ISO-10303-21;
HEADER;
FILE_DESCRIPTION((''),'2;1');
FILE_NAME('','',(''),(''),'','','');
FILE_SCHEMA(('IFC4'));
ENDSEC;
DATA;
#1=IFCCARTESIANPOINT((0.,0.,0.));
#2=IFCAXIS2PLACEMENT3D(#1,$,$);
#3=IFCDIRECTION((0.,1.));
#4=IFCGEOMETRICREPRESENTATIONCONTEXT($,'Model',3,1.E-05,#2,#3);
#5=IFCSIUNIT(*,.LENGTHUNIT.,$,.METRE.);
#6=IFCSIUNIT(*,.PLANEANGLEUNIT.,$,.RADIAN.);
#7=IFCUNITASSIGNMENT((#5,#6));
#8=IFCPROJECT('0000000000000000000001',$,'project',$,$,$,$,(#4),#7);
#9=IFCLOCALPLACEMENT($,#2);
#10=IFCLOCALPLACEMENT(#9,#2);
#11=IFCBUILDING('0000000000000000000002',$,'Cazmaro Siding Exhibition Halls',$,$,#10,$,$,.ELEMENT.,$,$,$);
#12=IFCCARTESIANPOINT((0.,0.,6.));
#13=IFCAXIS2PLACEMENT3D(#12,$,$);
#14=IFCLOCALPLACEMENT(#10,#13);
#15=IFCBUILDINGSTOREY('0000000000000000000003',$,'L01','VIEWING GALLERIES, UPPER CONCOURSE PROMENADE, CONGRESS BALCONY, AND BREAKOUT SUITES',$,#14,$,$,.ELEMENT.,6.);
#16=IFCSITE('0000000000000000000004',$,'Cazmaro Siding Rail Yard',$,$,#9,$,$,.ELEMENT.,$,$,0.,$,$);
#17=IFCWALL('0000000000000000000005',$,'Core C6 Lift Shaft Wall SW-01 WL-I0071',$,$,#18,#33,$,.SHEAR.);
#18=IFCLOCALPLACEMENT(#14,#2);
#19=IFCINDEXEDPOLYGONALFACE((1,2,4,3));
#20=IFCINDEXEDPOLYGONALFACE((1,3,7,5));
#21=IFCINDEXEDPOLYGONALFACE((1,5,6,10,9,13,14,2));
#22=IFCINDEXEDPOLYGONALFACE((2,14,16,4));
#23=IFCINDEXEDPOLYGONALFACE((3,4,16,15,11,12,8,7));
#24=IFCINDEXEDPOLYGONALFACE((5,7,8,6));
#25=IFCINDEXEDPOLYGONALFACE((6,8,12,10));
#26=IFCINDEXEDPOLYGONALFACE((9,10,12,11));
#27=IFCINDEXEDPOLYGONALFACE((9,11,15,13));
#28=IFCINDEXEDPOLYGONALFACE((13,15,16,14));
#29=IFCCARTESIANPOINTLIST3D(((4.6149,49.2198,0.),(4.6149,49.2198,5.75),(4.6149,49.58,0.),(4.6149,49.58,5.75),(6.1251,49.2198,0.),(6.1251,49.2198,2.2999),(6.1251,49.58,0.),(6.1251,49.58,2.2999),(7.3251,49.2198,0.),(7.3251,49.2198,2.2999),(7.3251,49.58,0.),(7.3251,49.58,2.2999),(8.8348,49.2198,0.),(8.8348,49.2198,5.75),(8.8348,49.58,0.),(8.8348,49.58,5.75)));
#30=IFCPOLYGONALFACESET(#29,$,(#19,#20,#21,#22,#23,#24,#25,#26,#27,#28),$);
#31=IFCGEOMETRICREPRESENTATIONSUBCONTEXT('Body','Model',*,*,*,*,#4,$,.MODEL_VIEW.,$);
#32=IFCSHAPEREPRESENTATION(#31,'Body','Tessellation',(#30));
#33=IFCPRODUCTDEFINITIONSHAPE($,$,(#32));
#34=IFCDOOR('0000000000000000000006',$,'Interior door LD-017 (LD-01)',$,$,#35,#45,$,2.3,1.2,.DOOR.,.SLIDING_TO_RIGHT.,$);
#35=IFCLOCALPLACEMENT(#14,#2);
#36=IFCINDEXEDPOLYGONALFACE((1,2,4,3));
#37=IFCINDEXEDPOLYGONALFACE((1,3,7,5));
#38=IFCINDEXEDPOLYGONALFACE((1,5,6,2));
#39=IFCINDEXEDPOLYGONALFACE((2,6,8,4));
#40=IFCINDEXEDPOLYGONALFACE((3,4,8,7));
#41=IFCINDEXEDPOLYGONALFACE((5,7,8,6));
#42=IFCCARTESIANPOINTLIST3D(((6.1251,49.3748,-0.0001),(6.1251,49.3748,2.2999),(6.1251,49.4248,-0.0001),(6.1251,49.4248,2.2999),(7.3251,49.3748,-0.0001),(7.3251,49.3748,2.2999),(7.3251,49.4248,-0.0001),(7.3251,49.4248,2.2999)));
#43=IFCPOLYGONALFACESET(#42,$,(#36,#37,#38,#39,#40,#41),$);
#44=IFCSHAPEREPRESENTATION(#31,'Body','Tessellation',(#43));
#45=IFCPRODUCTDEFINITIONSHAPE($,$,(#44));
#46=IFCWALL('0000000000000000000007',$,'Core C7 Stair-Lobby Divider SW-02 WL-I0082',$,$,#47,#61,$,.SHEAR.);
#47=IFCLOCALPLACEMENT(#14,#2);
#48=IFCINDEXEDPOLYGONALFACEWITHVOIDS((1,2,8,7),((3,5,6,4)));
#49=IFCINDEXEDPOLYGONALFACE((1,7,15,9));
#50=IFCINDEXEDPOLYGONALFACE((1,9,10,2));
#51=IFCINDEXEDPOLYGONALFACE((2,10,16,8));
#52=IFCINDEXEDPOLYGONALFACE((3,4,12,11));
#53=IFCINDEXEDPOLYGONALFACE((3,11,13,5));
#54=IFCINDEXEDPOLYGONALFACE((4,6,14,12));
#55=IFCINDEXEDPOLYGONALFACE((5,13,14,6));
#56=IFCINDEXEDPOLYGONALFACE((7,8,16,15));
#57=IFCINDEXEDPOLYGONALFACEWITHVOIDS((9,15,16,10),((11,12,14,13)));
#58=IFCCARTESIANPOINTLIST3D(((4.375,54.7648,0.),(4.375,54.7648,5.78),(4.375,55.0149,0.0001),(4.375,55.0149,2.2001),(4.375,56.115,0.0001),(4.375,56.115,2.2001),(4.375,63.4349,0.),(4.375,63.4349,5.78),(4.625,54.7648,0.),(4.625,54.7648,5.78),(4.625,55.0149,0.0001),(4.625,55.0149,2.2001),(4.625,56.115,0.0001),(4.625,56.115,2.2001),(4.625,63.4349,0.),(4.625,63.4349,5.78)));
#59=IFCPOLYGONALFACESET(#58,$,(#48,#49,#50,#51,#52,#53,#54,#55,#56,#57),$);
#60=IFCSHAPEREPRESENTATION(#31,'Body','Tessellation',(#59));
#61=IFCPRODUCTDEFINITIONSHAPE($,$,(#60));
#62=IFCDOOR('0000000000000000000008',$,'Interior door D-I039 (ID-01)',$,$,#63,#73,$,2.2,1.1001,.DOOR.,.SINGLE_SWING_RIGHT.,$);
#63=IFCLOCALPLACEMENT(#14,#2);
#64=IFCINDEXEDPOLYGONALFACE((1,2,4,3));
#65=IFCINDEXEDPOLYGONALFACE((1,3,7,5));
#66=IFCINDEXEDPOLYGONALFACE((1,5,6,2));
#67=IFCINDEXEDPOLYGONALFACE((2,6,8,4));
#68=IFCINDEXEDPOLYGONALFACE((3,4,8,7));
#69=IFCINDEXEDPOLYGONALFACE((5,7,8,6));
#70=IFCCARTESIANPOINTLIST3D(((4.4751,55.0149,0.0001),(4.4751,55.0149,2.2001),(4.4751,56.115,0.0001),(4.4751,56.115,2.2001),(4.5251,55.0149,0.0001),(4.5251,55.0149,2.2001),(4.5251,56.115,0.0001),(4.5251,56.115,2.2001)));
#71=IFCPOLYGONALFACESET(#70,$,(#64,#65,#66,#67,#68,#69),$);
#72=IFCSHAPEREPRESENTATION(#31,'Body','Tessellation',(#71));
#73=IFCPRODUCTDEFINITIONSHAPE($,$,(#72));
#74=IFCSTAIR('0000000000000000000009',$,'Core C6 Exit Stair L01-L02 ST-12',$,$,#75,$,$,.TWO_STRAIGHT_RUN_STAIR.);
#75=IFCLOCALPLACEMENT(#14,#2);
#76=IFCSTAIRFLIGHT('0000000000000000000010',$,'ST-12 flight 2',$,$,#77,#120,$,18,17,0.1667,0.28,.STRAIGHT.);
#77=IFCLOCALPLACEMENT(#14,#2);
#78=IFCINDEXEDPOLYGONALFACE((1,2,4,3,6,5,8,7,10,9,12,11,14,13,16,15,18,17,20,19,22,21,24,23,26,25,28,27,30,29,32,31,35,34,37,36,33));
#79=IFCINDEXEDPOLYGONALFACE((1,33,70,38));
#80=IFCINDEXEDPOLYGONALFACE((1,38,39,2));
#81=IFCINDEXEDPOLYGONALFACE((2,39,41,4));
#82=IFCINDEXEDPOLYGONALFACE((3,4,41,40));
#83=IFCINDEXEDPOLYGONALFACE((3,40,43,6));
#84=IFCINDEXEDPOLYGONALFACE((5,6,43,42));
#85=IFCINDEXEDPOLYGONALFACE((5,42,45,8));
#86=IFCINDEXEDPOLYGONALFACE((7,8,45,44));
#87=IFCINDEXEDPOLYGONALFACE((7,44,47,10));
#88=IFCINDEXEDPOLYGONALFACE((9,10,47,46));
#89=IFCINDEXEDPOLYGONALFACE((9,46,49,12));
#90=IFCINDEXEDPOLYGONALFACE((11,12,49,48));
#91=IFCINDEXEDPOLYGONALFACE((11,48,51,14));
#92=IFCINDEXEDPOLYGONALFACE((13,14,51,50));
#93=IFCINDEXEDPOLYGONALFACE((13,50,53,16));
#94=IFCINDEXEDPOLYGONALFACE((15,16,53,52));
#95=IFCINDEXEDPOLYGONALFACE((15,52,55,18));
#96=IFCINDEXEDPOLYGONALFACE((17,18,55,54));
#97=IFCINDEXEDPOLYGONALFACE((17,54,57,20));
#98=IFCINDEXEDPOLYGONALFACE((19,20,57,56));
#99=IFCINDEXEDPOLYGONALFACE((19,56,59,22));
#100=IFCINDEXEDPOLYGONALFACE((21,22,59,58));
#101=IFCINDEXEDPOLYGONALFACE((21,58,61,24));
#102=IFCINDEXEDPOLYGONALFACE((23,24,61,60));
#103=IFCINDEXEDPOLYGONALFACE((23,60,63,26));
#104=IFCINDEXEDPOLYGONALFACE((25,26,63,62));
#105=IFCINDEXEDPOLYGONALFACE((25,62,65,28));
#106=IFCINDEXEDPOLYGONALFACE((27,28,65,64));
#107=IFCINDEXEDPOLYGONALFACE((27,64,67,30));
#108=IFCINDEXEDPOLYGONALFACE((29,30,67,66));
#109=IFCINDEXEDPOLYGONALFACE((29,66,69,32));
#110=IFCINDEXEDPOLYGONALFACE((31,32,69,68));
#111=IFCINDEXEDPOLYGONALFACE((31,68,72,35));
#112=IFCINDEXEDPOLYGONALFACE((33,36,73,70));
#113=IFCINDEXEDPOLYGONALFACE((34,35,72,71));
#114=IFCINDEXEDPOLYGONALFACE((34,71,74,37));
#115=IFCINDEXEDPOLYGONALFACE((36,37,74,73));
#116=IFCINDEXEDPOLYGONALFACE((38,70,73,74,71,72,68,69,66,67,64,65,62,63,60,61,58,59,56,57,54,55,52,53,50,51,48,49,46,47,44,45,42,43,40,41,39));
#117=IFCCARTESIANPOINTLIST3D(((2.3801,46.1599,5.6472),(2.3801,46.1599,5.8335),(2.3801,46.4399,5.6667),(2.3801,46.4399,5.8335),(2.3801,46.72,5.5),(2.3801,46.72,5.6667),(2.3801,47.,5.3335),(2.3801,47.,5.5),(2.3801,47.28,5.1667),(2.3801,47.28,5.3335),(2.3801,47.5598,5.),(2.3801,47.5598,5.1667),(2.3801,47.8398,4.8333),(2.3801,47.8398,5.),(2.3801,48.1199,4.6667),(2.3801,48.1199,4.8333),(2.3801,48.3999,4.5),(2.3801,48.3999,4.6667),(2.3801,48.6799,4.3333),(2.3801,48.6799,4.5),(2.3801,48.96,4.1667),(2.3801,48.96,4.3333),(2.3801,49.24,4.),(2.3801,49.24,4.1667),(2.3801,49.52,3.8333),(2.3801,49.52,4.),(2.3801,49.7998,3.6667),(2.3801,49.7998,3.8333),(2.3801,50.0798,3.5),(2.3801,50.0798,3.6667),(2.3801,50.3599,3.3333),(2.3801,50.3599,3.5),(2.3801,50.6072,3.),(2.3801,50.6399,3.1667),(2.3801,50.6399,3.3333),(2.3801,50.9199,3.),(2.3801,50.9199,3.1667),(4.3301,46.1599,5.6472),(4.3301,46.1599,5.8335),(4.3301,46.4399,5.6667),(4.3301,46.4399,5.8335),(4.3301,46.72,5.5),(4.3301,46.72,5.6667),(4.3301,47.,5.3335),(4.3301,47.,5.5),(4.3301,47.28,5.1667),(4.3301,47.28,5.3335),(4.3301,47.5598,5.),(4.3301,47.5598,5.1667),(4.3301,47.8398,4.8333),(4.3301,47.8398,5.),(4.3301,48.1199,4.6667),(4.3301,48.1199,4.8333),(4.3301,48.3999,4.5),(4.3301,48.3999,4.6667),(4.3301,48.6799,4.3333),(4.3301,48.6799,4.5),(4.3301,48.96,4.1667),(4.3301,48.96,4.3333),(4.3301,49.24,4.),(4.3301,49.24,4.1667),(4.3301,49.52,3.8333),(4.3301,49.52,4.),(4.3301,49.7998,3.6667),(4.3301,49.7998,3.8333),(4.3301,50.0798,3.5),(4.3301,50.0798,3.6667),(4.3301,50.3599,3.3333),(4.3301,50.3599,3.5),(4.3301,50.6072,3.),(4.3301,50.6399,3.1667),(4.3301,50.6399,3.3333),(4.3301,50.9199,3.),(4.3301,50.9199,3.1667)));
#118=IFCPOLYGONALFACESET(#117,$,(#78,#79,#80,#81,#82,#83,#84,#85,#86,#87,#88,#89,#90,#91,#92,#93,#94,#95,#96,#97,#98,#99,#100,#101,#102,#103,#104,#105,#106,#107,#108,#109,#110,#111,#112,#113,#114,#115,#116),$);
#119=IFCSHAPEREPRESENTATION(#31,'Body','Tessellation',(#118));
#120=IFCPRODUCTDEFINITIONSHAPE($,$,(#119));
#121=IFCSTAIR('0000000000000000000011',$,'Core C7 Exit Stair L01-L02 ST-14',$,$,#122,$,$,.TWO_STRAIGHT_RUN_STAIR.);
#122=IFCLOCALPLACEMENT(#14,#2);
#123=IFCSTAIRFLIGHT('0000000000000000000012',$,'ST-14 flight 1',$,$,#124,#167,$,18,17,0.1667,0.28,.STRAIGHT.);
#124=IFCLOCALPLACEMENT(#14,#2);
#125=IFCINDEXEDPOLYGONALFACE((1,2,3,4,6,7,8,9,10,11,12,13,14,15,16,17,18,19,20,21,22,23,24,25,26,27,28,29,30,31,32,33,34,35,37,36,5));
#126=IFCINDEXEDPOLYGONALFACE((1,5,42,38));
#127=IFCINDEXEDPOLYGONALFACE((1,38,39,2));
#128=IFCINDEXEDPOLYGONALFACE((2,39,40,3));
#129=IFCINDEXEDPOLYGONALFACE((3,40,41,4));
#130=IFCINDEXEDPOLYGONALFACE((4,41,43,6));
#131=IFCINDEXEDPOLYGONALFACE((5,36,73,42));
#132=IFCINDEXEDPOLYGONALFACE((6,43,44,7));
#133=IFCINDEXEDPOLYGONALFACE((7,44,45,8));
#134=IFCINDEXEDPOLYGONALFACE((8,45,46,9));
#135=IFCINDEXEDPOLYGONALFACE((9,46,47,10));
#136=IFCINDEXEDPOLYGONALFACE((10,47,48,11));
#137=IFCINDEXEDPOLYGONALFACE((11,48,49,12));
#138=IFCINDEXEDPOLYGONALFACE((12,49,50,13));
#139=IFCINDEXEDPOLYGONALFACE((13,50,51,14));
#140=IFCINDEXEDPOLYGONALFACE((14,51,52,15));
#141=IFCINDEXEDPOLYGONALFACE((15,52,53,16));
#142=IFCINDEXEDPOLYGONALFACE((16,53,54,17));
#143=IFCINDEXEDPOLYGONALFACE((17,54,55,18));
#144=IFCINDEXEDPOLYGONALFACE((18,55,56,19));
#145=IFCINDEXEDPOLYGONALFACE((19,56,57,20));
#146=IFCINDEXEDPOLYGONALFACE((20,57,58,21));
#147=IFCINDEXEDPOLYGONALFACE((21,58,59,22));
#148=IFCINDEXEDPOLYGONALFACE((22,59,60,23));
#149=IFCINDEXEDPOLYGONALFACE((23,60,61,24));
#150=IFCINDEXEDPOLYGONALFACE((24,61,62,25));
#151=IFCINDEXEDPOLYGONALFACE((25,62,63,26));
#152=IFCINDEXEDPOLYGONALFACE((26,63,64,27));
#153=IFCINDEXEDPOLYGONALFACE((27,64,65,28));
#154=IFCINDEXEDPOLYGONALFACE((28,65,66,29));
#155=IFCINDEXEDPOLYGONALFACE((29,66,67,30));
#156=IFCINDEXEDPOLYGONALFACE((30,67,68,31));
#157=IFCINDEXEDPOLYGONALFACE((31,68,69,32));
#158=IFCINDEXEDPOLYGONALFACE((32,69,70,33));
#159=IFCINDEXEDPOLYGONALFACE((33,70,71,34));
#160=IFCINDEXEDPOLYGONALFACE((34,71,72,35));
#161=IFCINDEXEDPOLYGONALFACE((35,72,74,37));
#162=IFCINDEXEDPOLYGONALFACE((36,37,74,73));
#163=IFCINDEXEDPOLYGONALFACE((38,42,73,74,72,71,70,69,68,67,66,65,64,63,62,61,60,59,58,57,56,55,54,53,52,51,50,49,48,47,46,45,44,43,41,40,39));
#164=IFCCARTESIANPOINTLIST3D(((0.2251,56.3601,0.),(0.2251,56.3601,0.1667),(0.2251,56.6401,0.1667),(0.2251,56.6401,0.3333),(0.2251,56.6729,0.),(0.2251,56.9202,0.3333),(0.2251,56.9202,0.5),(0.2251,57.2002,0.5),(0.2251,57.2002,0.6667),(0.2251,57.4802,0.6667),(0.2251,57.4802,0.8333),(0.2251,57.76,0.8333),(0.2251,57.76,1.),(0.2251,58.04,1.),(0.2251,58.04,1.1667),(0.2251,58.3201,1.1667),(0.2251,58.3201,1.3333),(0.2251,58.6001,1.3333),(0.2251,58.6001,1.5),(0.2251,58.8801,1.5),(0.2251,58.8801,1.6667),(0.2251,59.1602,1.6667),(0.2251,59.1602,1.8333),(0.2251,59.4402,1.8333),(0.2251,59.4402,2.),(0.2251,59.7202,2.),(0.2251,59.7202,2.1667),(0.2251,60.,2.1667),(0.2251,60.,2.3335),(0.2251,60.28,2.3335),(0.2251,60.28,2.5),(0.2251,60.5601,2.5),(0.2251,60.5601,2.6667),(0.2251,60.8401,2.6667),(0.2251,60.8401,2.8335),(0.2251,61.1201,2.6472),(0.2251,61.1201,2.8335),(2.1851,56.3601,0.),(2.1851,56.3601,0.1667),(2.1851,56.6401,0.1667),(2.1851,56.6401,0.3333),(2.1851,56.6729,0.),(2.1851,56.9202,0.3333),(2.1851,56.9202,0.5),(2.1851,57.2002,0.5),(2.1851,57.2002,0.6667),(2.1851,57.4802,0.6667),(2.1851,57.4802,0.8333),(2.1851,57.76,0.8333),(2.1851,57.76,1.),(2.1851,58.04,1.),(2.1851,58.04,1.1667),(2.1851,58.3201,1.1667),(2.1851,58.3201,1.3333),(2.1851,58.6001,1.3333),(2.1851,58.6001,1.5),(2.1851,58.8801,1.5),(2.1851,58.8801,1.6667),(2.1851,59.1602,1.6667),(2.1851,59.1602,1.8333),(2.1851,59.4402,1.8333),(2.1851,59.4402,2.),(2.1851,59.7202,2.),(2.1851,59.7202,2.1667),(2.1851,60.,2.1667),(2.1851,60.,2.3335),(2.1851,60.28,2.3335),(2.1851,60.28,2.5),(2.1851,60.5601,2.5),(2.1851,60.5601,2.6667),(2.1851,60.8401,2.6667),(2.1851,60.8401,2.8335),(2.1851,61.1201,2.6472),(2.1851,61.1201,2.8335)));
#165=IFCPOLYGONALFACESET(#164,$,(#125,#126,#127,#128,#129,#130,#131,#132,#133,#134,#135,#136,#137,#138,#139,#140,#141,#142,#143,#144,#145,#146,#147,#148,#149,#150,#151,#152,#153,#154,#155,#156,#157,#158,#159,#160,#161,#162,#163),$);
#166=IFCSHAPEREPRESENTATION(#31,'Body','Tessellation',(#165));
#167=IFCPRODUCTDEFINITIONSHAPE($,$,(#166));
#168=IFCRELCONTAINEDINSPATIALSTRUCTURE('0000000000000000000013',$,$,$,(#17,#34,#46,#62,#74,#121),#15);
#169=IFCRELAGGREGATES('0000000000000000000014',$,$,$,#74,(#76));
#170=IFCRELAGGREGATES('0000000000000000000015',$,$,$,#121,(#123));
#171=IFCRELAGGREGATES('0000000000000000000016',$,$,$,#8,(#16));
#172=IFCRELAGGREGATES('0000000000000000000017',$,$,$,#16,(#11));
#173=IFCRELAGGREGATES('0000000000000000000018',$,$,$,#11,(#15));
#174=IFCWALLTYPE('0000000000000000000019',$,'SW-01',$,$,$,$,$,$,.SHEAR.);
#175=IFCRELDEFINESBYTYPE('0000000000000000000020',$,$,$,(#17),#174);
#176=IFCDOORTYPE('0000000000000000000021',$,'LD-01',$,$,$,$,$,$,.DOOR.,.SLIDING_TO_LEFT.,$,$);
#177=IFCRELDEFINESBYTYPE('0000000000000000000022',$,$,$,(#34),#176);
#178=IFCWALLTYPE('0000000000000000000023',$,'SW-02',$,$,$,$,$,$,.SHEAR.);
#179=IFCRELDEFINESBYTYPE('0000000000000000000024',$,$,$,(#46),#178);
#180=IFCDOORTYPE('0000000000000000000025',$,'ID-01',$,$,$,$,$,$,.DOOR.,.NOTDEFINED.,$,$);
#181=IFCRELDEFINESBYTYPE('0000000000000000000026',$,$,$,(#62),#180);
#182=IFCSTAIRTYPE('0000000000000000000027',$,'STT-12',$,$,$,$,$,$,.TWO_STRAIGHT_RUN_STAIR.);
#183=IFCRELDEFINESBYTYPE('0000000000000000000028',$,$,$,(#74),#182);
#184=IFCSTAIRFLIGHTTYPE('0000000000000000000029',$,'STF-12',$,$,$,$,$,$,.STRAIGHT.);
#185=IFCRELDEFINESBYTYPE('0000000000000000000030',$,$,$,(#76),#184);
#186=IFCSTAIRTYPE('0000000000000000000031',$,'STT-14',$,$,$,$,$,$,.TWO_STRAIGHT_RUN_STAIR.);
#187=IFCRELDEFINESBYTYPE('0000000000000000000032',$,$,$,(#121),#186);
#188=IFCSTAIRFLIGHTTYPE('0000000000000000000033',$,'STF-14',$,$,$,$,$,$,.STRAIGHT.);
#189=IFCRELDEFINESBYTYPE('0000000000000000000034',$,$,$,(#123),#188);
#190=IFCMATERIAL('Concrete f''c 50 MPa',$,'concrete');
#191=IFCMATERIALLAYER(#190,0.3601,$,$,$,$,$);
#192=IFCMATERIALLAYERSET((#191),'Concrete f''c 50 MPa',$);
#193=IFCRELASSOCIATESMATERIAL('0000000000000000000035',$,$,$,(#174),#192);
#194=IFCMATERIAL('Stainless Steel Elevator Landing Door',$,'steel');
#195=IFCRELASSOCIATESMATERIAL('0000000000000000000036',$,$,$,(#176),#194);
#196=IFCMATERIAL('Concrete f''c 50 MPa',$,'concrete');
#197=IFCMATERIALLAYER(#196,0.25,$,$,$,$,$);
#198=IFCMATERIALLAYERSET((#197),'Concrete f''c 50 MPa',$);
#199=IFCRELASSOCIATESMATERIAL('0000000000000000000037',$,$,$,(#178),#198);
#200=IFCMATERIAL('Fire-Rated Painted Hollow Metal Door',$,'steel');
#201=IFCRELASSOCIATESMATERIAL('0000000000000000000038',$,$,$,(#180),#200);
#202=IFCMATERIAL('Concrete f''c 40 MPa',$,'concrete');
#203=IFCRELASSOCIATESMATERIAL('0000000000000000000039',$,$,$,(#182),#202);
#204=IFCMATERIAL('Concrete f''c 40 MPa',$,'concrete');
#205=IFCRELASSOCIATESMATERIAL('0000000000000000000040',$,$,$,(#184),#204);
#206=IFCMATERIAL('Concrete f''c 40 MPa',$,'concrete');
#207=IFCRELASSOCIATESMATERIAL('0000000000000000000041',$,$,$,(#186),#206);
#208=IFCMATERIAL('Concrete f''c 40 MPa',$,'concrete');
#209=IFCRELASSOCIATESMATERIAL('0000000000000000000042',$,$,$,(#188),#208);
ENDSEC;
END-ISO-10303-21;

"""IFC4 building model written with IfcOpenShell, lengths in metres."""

from ifc_helpers import new_model, si_unit, direction, frame, frame_2d, origin, place, context, subcontext, project, spatial, polyline, rectangle, outline, extrude, material, layer, layer_set, type_object, element, fill, aggregate, save


model = new_model("IFC4")

# Units and contexts
model_context = context("Model", 3, precision=1e-05, world=origin(), true_north=direction((0.0, 1.0)))
body_context = subcontext(model_context, "Body", "Model", "MODEL_VIEW")
ifc_project = project(units=[si_unit("LENGTHUNIT", "METRE"), si_unit("PLANEANGLEUNIT", "RADIAN")], contexts=[model_context])

# Site, building, storey
site_placement = place(None, origin())
site = spatial("IfcSite", under=ifc_project, at=site_placement, Name="Cazmaro Siding Rail Yard", CompositionType="ELEMENT", RefElevation=0.0)
building_placement = place(site_placement, origin())
building = spatial("IfcBuilding", under=site, at=building_placement, Name="Cazmaro Siding Exhibition Halls", CompositionType="ELEMENT")
storey_placement = place(building_placement, frame((0.0, 0.0, 6.0)))
storey = spatial("IfcBuildingStorey", under=building, at=storey_placement, Name="L01", Description="VIEWING GALLERIES, UPPER CONCOURSE PROMENADE, CONGRESS BALCONY, AND BREAKOUT SUITES", CompositionType="ELEMENT", Elevation=6.0)

# Walls, openings, doors
ifc_material_1 = material(Name="Concrete f'c 50 MPa", Category="concrete")
ifc_layer_1 = layer(ifc_material_1, 0.3601)
ifc_layer_set_1 = layer_set([ifc_layer_1], Name="Concrete f'c 50 MPa")
wall_type_1 = type_object("IfcWallType", Name="SW-01", PredefinedType="SHEAR", material=ifc_layer_set_1)
wall_1_placement = place(storey_placement, frame((4.615, 49.3999, 0.0), z_axis=(0.0, 0.0, 1.0), x_axis=(1.0, 0.0, 0.0)))
wall_1 = element("IfcWall", 1, at=wall_1_placement, inside=storey, type_object=wall_type_1, Name="Core C6 Lift Shaft Wall SW-01 WL-I0071", PredefinedType="SHEAR", context=body_context, shape_type="SweptSolid", body=[
    extrude(rectangle(XDim=4.22, YDim=0.3601, at=frame_2d((2.1099, 0.0))), origin(), (0.0, 0.0, 1.0), 5.75),
])
opening_1_placement = place(wall_1_placement, frame((1.51, 0.0, 0.0)))
opening_1 = element("IfcOpeningElement", 2, at=opening_1_placement, cuts=wall_1, PredefinedType="OPENING", context=body_context, shape_type="SweptSolid", body=[
    extrude(rectangle(XDim=1.2, YDim=2.3, at=frame_2d((0.6001, 1.1499))), frame((0.0, 0.1899, 0.0), z_axis=(0.0, -1.0, 0.0), x_axis=(1.0, 0.0, 0.0)), (0.0, 0.0, 1.0), 0.3801),
])
ifc_material_2 = material(Name="Stainless Steel Elevator Landing Door", Category="steel")
door_type_1 = type_object("IfcDoorType", Name="LD-01", OperationType="SLIDING_TO_LEFT", PredefinedType="DOOR", material=ifc_material_2)
door_1_placement = place(opening_1_placement, origin())
door_1 = element("IfcDoor", 3, at=door_1_placement, inside=storey, type_object=door_type_1, Name="Interior door LD-017 (LD-01)", OperationType="SLIDING_TO_RIGHT", OverallHeight=2.3, OverallWidth=1.2, PredefinedType="DOOR", context=body_context, shape_type="SweptSolid", body=[
    extrude(rectangle(XDim=1.2, YDim=2.3, at=frame_2d((0.6001, 1.1499))), frame((0.0, 0.0249, 0.0), z_axis=(0.0, -1.0, 0.0), x_axis=(1.0, 0.0, 0.0)), (0.0, 0.0, 1.0), 0.05),
])
fill(opening_1, door_1)
ifc_material_3 = material(Name="Concrete f'c 50 MPa", Category="concrete")
ifc_layer_2 = layer(ifc_material_3, 0.25)
ifc_layer_set_2 = layer_set([ifc_layer_2], Name="Concrete f'c 50 MPa")
wall_type_2 = type_object("IfcWallType", Name="SW-02", PredefinedType="SHEAR", material=ifc_layer_set_2)
wall_2_placement = place(storey_placement, frame((4.5, 54.7649, 0.0), z_axis=(0.0, 0.0, 1.0), x_axis=(0.0, 1.0, 0.0)))
wall_2 = element("IfcWall", 4, at=wall_2_placement, inside=storey, type_object=wall_type_2, Name="Core C7 Stair-Lobby Divider SW-02 WL-I0082", PredefinedType="SHEAR", context=body_context, shape_type="SweptSolid", body=[
    extrude(rectangle(XDim=8.6702, YDim=0.25, at=frame_2d((4.335, 0.0))), origin(), (0.0, 0.0, 1.0), 5.78),
])
opening_2_placement = place(wall_2_placement, frame((0.25, 0.0, 0.0)))
opening_2 = element("IfcOpeningElement", 5, at=opening_2_placement, cuts=wall_2, PredefinedType="OPENING", context=body_context, shape_type="SweptSolid", body=[
    extrude(rectangle(XDim=1.1001, YDim=2.2, at=frame_2d((0.55, 1.1001))), frame((0.0, 0.135, 0.0), z_axis=(0.0, -1.0, 0.0), x_axis=(1.0, 0.0, 0.0)), (0.0, 0.0, 1.0), 0.27),
])
ifc_material_4 = material(Name="Fire-Rated Painted Hollow Metal Door", Category="steel")
door_type_2 = type_object("IfcDoorType", Name="ID-01", OperationType="NOTDEFINED", PredefinedType="DOOR", material=ifc_material_4)
door_2_placement = place(opening_2_placement, origin())
door_2 = element("IfcDoor", 6, at=door_2_placement, inside=storey, type_object=door_type_2, Name="Interior door D-I039 (ID-01)", OperationType="SINGLE_SWING_RIGHT", OverallHeight=2.2, OverallWidth=1.1001, PredefinedType="DOOR", context=body_context, shape_type="SweptSolid", body=[
    extrude(rectangle(XDim=1.1001, YDim=2.2, at=frame_2d((0.55, 1.1001))), frame((0.0, 0.0249, 0.0), z_axis=(0.0, -1.0, 0.0), x_axis=(1.0, 0.0, 0.0)), (0.0, 0.0, 1.0), 0.05),
])
fill(opening_2, door_2)

# Stair, stair flight
ifc_material_5 = material(Name="Concrete f'c 40 MPa", Category="concrete")
stair_type_1 = type_object("IfcStairType", Name="STT-12", PredefinedType="TWO_STRAIGHT_RUN_STAIR", material=ifc_material_5)
stair_1_placement = place(storey_placement, origin())
stair_1 = element("IfcStair", 7, at=stair_1_placement, inside=storey, type_object=stair_type_1, Name="Core C6 Exit Stair L01-L02 ST-12", PredefinedType="TWO_STRAIGHT_RUN_STAIR")
ifc_material_6 = material(Name="Concrete f'c 40 MPa", Category="concrete")
stair_flight_type_1 = type_object("IfcStairFlightType", Name="STF-12", PredefinedType="STRAIGHT", material=ifc_material_6)
stair_flight_1_placement = place(storey_placement, frame((3.355, 50.9199, 3.0), z_axis=(0.0, 0.0, 1.0), x_axis=(0.0, -1.0, 0.0)))
stair_flight_1 = element("IfcStairFlight", 8, at=stair_flight_1_placement, type_object=stair_flight_type_1, Name="ST-12 flight 2", NumberOfRisers=18, NumberOfTreads=17, PredefinedType="STRAIGHT", RiserHeight=0.1667, TreadLength=0.28, context=body_context, shape_type="SweptSolid", body=[
    extrude(outline(polyline([(0.0, 0.0), (0.0, 0.1667), (0.28, 0.1667), (0.28, 0.3333), (0.5601, 0.3333), (0.5601, 0.5), (0.8401, 0.5), (0.8401, 0.6667), (1.1201, 0.6667), (1.1201, 0.8333), (1.3999, 0.8333), (1.3999, 1.0), (1.6799, 1.0), (1.6799, 1.1667), (1.96, 1.1667), (1.96, 1.3333), (2.24, 1.3333), (2.24, 1.5), (2.52, 1.5), (2.52, 1.6667), (2.8, 1.6667), (2.8, 1.8333), (3.0801, 1.8333), (3.0801, 2.0), (3.3601, 2.0), (3.3601, 2.1667), (3.6399, 2.1667), (3.6399, 2.3335), (3.9199, 2.3335), (3.9199, 2.5), (4.2, 2.5), (4.2, 2.6667), (4.48, 2.6667), (4.48, 2.8335), (4.76, 2.8335), (4.76, 3.0), (4.76, 2.6472), (0.3127, 0.0), (0.0, 0.0)])), frame((0.0, 0.9751, 0.0), z_axis=(0.0, -1.0, 0.0), x_axis=(1.0, 0.0, 0.0)), (0.0, 0.0, 1.0), 1.95),
])
aggregate(stair_1, [stair_flight_1])

# Stair, stair flight
ifc_material_7 = material(Name="Concrete f'c 40 MPa", Category="concrete")
stair_type_2 = type_object("IfcStairType", Name="STT-14", PredefinedType="TWO_STRAIGHT_RUN_STAIR", material=ifc_material_7)
stair_2_placement = place(storey_placement, origin())
stair_2 = element("IfcStair", 9, at=stair_2_placement, inside=storey, type_object=stair_type_2, Name="Core C7 Exit Stair L01-L02 ST-14", PredefinedType="TWO_STRAIGHT_RUN_STAIR")
ifc_material_8 = material(Name="Concrete f'c 40 MPa", Category="concrete")
stair_flight_type_2 = type_object("IfcStairFlightType", Name="STF-14", PredefinedType="STRAIGHT", material=ifc_material_8)
stair_flight_2_placement = place(storey_placement, frame((1.2051, 56.3601, 0.0), z_axis=(0.0, 0.0, 1.0), x_axis=(0.0, 1.0, 0.0)))
stair_flight_2 = element("IfcStairFlight", 10, at=stair_flight_2_placement, type_object=stair_flight_type_2, Name="ST-14 flight 1", NumberOfRisers=18, NumberOfTreads=17, PredefinedType="STRAIGHT", RiserHeight=0.1667, TreadLength=0.28, context=body_context, shape_type="SweptSolid", body=[
    extrude(outline(polyline([(0.0, 0.0), (0.0, 0.1667), (0.28, 0.1667), (0.28, 0.3333), (0.5601, 0.3333), (0.5601, 0.5), (0.8401, 0.5), (0.8401, 0.6667), (1.1201, 0.6667), (1.1201, 0.8333), (1.3999, 0.8333), (1.3999, 1.0), (1.6799, 1.0), (1.6799, 1.1667), (1.96, 1.1667), (1.96, 1.3333), (2.24, 1.3333), (2.24, 1.5), (2.52, 1.5), (2.52, 1.6667), (2.8, 1.6667), (2.8, 1.8333), (3.0801, 1.8333), (3.0801, 2.0), (3.3601, 2.0), (3.3601, 2.1667), (3.6399, 2.1667), (3.6399, 2.3335), (3.9199, 2.3335), (3.9199, 2.5), (4.2, 2.5), (4.2, 2.6667), (4.48, 2.6667), (4.48, 2.8335), (4.76, 2.8335), (4.76, 3.0), (4.76, 2.6472), (0.3127, 0.0), (0.0, 0.0)])), frame((0.0, 0.98, 0.0), z_axis=(0.0, -1.0, 0.0), x_axis=(1.0, 0.0, 0.0)), (0.0, 0.0, 1.0), 1.96),
])
aggregate(stair_2, [stair_flight_2])

save(model, "model.ifc")
